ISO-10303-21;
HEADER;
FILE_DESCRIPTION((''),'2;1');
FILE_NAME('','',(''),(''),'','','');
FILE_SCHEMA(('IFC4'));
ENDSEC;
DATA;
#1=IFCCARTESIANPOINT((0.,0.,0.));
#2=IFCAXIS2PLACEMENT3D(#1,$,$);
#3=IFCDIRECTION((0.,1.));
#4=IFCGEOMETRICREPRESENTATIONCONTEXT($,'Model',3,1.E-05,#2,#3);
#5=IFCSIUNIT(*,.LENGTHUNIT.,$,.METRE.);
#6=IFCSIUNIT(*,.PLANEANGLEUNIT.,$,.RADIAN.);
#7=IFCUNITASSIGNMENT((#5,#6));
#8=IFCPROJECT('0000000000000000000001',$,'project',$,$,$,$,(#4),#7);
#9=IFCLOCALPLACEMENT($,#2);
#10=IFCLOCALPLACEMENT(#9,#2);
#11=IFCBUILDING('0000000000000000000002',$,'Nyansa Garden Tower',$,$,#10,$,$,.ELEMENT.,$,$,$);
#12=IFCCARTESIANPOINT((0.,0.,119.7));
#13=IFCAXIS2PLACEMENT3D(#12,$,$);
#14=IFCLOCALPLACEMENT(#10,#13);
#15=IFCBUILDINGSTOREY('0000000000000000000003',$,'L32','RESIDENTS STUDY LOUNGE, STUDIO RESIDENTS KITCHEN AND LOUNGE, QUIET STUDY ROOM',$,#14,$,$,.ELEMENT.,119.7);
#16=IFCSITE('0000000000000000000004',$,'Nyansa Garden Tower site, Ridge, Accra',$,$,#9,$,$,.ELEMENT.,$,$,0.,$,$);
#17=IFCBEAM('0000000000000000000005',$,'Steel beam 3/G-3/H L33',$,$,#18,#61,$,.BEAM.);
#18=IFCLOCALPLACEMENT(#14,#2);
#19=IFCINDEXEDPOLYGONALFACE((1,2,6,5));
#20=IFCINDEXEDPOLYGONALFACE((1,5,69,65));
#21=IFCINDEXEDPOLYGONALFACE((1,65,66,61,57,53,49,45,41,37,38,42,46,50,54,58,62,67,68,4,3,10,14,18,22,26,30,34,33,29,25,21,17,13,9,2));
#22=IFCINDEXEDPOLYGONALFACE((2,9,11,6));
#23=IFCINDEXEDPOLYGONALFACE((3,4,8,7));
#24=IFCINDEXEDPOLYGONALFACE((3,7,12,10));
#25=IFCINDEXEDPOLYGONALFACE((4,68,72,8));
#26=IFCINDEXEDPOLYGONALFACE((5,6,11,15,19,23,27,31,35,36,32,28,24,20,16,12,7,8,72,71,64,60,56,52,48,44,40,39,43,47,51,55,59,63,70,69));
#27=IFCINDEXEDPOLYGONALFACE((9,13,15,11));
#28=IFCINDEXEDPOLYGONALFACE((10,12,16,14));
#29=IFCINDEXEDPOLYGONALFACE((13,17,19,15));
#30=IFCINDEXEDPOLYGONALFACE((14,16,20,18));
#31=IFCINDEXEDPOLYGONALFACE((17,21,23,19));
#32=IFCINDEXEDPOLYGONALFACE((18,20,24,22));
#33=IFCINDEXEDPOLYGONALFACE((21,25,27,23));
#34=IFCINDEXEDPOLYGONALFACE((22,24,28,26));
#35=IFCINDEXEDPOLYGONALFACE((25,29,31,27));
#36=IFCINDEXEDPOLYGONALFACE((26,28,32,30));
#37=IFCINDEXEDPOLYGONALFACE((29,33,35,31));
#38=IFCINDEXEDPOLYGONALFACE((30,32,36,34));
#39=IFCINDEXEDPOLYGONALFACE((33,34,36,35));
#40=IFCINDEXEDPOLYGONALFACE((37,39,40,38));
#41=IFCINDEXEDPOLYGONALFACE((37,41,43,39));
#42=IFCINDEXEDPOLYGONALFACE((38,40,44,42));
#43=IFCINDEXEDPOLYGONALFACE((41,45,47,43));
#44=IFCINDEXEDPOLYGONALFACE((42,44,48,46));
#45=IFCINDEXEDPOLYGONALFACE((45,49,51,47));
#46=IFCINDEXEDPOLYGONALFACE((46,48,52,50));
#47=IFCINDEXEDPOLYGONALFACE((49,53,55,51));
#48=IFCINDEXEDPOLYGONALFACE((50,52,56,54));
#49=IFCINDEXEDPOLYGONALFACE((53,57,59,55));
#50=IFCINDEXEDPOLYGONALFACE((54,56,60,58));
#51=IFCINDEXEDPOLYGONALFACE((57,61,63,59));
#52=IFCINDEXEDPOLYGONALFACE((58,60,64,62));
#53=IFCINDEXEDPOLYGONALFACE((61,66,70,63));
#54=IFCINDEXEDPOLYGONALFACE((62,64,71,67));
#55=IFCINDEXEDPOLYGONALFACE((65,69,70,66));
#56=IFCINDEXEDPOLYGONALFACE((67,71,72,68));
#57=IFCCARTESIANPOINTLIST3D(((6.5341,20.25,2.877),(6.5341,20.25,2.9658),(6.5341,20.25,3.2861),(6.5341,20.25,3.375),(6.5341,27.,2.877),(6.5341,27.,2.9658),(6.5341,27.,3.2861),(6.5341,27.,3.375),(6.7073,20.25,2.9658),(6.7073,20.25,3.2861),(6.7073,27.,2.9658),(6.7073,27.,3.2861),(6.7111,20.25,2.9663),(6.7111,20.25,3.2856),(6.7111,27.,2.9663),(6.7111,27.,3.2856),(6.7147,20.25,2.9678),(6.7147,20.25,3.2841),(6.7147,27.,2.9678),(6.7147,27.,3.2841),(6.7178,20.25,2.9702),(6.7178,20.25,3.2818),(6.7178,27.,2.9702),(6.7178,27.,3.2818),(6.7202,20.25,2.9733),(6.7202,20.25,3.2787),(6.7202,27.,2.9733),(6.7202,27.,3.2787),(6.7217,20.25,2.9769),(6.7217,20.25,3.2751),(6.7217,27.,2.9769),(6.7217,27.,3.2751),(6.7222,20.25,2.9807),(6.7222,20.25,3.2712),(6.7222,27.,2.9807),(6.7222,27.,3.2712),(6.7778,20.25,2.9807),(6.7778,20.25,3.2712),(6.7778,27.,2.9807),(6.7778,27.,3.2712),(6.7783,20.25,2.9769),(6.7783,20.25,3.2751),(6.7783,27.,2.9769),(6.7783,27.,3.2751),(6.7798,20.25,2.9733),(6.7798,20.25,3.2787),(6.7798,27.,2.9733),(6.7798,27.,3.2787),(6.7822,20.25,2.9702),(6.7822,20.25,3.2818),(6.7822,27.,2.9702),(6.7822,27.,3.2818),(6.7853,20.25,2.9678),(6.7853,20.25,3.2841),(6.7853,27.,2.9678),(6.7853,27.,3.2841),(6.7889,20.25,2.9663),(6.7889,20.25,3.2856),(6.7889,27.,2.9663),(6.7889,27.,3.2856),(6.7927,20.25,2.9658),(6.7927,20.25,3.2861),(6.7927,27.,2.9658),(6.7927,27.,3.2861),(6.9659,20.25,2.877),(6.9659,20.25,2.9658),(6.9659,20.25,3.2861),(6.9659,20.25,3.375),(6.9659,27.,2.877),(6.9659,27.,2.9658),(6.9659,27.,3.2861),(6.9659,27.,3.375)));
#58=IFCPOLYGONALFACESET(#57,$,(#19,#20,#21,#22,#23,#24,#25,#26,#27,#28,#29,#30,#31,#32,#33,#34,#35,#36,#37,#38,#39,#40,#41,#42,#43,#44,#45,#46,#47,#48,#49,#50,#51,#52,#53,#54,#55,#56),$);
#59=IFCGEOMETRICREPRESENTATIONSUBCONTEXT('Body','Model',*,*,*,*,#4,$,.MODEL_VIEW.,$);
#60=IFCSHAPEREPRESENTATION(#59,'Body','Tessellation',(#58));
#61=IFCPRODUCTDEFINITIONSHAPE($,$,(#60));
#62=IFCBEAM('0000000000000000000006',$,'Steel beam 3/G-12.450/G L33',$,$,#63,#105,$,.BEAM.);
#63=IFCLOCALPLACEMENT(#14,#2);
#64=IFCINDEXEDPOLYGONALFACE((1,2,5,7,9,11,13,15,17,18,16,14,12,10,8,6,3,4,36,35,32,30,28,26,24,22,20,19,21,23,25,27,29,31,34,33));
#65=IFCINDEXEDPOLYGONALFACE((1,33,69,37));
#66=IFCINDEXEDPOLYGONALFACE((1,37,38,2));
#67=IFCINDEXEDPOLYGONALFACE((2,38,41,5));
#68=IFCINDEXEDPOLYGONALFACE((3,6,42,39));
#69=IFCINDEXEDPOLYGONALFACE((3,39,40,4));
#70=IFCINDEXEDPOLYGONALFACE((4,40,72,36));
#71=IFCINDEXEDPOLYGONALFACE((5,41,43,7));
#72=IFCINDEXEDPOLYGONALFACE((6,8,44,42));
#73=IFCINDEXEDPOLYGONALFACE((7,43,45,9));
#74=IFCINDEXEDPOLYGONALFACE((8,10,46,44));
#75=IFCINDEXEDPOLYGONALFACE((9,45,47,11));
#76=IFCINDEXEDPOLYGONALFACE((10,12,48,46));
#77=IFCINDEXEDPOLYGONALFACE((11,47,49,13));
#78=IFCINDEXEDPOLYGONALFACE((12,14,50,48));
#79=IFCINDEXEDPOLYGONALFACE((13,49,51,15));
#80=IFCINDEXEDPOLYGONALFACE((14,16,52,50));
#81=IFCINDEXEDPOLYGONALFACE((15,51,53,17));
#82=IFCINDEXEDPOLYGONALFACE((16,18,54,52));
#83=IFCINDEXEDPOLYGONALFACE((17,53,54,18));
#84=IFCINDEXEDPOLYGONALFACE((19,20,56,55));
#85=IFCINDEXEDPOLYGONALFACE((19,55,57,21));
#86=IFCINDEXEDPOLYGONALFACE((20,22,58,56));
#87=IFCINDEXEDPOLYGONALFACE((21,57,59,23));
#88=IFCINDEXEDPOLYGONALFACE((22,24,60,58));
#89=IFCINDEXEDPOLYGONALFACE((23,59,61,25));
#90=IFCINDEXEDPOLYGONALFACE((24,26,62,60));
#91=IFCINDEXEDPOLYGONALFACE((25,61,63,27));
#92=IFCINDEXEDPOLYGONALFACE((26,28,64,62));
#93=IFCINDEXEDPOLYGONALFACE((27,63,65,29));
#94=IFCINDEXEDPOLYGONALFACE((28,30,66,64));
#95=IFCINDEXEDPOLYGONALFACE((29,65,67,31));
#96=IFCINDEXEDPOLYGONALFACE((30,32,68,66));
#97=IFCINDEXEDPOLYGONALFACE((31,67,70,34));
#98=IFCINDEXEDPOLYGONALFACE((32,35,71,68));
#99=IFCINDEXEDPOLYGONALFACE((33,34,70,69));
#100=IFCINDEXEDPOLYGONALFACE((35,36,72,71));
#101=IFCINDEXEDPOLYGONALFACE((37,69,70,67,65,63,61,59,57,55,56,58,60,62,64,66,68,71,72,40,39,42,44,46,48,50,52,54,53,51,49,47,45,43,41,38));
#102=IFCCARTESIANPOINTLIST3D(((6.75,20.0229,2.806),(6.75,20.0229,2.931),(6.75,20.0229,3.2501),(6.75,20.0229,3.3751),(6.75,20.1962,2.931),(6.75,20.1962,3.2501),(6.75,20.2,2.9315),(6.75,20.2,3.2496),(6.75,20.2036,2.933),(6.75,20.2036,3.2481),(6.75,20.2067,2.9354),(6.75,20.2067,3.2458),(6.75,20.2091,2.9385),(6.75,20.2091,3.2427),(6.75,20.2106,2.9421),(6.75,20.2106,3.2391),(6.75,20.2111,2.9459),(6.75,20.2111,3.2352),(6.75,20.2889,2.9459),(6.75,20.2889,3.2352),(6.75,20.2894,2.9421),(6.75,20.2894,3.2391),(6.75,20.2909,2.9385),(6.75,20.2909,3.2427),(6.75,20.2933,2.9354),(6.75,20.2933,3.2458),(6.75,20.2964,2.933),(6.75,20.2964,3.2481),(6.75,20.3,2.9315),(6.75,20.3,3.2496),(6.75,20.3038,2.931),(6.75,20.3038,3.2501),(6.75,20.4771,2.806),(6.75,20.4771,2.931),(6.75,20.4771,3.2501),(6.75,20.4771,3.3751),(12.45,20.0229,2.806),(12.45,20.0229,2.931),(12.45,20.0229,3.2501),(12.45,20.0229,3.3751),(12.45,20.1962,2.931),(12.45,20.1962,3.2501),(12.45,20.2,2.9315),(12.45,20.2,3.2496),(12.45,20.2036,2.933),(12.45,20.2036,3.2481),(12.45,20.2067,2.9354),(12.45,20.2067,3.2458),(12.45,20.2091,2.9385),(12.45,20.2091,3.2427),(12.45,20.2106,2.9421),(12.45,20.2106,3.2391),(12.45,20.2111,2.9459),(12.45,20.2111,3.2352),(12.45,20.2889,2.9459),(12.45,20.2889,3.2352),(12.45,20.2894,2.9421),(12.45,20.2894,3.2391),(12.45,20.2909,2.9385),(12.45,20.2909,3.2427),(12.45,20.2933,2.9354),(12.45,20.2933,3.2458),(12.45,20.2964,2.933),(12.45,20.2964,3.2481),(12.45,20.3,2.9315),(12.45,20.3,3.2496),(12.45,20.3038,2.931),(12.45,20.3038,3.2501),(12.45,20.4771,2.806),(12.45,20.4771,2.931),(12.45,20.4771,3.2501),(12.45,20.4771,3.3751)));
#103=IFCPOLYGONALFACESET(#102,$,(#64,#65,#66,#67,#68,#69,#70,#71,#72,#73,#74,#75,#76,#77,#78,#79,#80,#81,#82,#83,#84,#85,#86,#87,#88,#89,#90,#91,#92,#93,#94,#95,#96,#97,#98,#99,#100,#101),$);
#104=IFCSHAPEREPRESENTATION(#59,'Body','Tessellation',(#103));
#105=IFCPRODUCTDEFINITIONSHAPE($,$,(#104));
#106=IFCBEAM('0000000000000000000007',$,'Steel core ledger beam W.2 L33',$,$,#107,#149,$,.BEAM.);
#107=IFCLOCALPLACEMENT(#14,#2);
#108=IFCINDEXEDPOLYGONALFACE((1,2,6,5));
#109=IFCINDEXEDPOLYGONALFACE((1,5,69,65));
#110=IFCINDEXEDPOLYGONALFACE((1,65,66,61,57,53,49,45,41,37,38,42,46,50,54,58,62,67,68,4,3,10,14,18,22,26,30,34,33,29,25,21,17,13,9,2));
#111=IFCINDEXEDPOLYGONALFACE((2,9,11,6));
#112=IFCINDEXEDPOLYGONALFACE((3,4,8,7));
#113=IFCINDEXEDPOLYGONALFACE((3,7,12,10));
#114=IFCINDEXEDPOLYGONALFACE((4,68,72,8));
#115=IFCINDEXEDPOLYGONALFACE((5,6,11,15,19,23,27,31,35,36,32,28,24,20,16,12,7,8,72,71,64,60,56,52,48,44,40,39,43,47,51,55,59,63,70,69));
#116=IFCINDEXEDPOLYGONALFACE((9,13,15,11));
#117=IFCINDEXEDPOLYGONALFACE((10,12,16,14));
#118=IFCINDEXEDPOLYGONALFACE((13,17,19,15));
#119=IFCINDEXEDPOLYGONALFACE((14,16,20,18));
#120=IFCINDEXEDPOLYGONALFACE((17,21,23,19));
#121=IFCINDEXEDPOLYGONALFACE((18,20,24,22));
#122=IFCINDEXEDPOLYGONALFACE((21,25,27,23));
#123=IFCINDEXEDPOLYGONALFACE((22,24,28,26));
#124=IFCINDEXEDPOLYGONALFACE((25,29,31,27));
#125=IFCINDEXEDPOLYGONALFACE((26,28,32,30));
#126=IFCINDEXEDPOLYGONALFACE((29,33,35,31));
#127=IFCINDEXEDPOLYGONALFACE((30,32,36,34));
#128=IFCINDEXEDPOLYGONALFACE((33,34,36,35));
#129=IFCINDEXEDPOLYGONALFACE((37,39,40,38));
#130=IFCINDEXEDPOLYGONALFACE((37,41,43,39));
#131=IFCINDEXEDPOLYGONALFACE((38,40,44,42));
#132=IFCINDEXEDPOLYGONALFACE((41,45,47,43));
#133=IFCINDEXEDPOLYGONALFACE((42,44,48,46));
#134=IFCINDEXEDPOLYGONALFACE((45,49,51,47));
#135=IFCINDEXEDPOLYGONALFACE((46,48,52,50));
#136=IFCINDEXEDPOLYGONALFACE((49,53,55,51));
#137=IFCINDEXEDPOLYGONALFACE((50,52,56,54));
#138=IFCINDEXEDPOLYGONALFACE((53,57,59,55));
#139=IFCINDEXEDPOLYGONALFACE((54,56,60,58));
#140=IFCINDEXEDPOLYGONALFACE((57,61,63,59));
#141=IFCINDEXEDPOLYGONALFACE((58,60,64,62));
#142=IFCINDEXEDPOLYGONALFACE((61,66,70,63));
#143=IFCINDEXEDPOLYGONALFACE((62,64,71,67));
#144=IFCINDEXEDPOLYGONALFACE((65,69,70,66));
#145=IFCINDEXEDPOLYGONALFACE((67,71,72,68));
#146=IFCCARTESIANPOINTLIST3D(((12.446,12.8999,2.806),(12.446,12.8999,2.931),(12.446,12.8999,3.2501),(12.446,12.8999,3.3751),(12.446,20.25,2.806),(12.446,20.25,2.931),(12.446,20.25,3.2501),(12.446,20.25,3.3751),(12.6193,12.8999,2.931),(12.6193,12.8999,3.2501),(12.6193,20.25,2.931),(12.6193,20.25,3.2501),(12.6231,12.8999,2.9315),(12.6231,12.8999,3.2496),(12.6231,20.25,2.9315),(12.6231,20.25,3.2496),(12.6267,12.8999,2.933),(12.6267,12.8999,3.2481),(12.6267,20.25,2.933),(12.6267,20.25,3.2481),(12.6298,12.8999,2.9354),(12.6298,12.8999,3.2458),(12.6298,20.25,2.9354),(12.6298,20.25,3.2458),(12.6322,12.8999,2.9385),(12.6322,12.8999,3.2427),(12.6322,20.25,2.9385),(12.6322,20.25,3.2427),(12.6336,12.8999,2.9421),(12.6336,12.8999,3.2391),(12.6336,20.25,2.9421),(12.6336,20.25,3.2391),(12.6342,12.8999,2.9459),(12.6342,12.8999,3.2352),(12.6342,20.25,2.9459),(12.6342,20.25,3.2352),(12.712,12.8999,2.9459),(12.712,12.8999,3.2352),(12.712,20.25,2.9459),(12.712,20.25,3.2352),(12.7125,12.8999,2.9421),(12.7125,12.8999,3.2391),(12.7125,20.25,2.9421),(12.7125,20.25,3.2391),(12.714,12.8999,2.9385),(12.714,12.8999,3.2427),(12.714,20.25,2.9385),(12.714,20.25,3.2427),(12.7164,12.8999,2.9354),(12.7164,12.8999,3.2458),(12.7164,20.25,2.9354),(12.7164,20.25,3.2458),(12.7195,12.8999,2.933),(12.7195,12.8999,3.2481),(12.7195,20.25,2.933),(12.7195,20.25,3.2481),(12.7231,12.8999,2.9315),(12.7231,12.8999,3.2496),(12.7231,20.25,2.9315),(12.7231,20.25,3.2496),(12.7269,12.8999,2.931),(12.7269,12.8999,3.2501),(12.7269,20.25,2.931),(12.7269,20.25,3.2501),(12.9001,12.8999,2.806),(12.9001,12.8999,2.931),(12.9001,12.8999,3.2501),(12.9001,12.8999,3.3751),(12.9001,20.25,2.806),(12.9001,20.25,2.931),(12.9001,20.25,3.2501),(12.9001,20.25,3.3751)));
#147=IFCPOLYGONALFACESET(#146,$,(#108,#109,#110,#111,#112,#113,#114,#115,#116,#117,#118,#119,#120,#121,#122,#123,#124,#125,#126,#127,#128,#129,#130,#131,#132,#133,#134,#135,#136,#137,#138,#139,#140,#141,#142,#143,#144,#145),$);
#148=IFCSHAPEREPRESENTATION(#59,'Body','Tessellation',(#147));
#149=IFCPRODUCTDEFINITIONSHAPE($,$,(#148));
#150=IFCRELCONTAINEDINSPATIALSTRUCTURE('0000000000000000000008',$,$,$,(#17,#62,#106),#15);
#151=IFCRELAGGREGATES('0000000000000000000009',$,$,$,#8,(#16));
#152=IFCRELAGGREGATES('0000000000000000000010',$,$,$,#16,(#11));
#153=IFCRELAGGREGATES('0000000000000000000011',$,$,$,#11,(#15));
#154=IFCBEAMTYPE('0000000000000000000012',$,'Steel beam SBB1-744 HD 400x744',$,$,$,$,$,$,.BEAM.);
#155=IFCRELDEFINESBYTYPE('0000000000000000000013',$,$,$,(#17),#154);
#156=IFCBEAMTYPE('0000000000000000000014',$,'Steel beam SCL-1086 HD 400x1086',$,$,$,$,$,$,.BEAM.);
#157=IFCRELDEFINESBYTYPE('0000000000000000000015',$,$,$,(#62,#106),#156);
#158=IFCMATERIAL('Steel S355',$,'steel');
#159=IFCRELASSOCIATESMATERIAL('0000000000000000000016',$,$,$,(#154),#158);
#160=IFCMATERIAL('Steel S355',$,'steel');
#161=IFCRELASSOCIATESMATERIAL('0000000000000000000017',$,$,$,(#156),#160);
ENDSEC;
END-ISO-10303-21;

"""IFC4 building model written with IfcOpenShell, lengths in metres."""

from ifc_helpers import new_model, si_unit, direction, frame, origin, origin_2d, place, context, subcontext, project, spatial, i_section, extrude, material, material_profile, profile_set, type_object, element, save


model = new_model("IFC4")

# Units and contexts
model_context = context("Model", 3, precision=1e-05, world=origin(), true_north=direction((0.0, 1.0)))
body_context = subcontext(model_context, "Body", "Model", "MODEL_VIEW")
ifc_project = project(units=[si_unit("LENGTHUNIT", "METRE"), si_unit("PLANEANGLEUNIT", "RADIAN")], contexts=[model_context])

# Site, building, storey
site_placement = place(None, origin())
site = spatial("IfcSite", under=ifc_project, at=site_placement, Name="Nyansa Garden Tower site, Ridge, Accra", CompositionType="ELEMENT", RefElevation=0.0)
building_placement = place(site_placement, origin())
building = spatial("IfcBuilding", under=site, at=building_placement, Name="Nyansa Garden Tower", CompositionType="ELEMENT")
storey_placement = place(building_placement, frame((0.0, 0.0, 119.7)))
storey = spatial("IfcBuildingStorey", under=building, at=storey_placement, Name="L32", Description="RESIDENTS STUDY LOUNGE, STUDIO RESIDENTS KITCHEN AND LOUNGE, QUIET STUDY ROOM", CompositionType="ELEMENT", Elevation=119.7)

# Beams
ifc_material_1 = material(Name="Steel S355", Category="steel")
ifc_material_profile_1 = material_profile(ifc_material_1, i_section(OverallWidth=0.4319, OverallDepth=0.498, WebThickness=0.0557, FlangeThickness=0.0889, FilletRadius=0.0149, at=origin_2d()), Name="HD 400x744")
ifc_profile_set_1 = profile_set([ifc_material_profile_1], Name="Steel S355")
beam_type_1 = type_object("IfcBeamType", Name="Steel beam SBB1-744 HD 400x744", PredefinedType="BEAM", material=ifc_profile_set_1)
beam_1_placement = place(storey_placement, frame((6.75, 20.25, 3.126), z_axis=(0.0, 1.0, 0.0), x_axis=(-1.0, 0.0, 0.0)))
element("IfcBeam", 1, at=beam_1_placement, inside=storey, type_object=beam_type_1, Name="Steel beam 3/G-3/H L33", PredefinedType="BEAM", context=body_context, shape_type="SweptSolid", body=[
    extrude(i_section(OverallWidth=0.4319, OverallDepth=0.498, WebThickness=0.0557, FlangeThickness=0.0889, FilletRadius=0.0149, at=origin_2d()), origin(), (0.0, 0.0, 1.0), 6.75),
])
ifc_material_2 = material(Name="Steel S355", Category="steel")
ifc_material_profile_2 = material_profile(ifc_material_2, i_section(OverallWidth=0.4541, OverallDepth=0.5691, WebThickness=0.0779, FlangeThickness=0.125, FilletRadius=0.0149, at=origin_2d()), Name="HD 400x1086")
ifc_profile_set_2 = profile_set([ifc_material_profile_2], Name="Steel S355")
beam_type_2 = type_object("IfcBeamType", Name="Steel beam SCL-1086 HD 400x1086", PredefinedType="BEAM", material=ifc_profile_set_2)
beam_2_placement = place(storey_placement, frame((6.75, 20.25, 3.0906), z_axis=(1.0, 0.0, 0.0), x_axis=(0.0, 1.0, 0.0)))
element("IfcBeam", 2, at=beam_2_placement, inside=storey, type_object=beam_type_2, Name="Steel beam 3/G-12.450/G L33", PredefinedType="BEAM", context=body_context, shape_type="SweptSolid", body=[
    extrude(i_section(OverallWidth=0.4541, OverallDepth=0.5691, WebThickness=0.0779, FlangeThickness=0.125, FilletRadius=0.0149, at=origin_2d()), origin(), (0.0, 0.0, 1.0), 5.7),
])
beam_3_placement = place(storey_placement, frame((12.6731, 20.25, 3.0906), z_axis=(0.0, -1.0, 0.0), x_axis=(1.0, 0.0, 0.0)))
element("IfcBeam", 3, at=beam_3_placement, inside=storey, type_object=beam_type_2, Name="Steel core ledger beam W.2 L33", PredefinedType="BEAM", context=body_context, shape_type="SweptSolid", body=[
    extrude(i_section(OverallWidth=0.4541, OverallDepth=0.5691, WebThickness=0.0779, FlangeThickness=0.125, FilletRadius=0.0149, at=origin_2d()), origin(), (0.0, 0.0, 1.0), 7.3501),
])

save(model, "model.ifc")
